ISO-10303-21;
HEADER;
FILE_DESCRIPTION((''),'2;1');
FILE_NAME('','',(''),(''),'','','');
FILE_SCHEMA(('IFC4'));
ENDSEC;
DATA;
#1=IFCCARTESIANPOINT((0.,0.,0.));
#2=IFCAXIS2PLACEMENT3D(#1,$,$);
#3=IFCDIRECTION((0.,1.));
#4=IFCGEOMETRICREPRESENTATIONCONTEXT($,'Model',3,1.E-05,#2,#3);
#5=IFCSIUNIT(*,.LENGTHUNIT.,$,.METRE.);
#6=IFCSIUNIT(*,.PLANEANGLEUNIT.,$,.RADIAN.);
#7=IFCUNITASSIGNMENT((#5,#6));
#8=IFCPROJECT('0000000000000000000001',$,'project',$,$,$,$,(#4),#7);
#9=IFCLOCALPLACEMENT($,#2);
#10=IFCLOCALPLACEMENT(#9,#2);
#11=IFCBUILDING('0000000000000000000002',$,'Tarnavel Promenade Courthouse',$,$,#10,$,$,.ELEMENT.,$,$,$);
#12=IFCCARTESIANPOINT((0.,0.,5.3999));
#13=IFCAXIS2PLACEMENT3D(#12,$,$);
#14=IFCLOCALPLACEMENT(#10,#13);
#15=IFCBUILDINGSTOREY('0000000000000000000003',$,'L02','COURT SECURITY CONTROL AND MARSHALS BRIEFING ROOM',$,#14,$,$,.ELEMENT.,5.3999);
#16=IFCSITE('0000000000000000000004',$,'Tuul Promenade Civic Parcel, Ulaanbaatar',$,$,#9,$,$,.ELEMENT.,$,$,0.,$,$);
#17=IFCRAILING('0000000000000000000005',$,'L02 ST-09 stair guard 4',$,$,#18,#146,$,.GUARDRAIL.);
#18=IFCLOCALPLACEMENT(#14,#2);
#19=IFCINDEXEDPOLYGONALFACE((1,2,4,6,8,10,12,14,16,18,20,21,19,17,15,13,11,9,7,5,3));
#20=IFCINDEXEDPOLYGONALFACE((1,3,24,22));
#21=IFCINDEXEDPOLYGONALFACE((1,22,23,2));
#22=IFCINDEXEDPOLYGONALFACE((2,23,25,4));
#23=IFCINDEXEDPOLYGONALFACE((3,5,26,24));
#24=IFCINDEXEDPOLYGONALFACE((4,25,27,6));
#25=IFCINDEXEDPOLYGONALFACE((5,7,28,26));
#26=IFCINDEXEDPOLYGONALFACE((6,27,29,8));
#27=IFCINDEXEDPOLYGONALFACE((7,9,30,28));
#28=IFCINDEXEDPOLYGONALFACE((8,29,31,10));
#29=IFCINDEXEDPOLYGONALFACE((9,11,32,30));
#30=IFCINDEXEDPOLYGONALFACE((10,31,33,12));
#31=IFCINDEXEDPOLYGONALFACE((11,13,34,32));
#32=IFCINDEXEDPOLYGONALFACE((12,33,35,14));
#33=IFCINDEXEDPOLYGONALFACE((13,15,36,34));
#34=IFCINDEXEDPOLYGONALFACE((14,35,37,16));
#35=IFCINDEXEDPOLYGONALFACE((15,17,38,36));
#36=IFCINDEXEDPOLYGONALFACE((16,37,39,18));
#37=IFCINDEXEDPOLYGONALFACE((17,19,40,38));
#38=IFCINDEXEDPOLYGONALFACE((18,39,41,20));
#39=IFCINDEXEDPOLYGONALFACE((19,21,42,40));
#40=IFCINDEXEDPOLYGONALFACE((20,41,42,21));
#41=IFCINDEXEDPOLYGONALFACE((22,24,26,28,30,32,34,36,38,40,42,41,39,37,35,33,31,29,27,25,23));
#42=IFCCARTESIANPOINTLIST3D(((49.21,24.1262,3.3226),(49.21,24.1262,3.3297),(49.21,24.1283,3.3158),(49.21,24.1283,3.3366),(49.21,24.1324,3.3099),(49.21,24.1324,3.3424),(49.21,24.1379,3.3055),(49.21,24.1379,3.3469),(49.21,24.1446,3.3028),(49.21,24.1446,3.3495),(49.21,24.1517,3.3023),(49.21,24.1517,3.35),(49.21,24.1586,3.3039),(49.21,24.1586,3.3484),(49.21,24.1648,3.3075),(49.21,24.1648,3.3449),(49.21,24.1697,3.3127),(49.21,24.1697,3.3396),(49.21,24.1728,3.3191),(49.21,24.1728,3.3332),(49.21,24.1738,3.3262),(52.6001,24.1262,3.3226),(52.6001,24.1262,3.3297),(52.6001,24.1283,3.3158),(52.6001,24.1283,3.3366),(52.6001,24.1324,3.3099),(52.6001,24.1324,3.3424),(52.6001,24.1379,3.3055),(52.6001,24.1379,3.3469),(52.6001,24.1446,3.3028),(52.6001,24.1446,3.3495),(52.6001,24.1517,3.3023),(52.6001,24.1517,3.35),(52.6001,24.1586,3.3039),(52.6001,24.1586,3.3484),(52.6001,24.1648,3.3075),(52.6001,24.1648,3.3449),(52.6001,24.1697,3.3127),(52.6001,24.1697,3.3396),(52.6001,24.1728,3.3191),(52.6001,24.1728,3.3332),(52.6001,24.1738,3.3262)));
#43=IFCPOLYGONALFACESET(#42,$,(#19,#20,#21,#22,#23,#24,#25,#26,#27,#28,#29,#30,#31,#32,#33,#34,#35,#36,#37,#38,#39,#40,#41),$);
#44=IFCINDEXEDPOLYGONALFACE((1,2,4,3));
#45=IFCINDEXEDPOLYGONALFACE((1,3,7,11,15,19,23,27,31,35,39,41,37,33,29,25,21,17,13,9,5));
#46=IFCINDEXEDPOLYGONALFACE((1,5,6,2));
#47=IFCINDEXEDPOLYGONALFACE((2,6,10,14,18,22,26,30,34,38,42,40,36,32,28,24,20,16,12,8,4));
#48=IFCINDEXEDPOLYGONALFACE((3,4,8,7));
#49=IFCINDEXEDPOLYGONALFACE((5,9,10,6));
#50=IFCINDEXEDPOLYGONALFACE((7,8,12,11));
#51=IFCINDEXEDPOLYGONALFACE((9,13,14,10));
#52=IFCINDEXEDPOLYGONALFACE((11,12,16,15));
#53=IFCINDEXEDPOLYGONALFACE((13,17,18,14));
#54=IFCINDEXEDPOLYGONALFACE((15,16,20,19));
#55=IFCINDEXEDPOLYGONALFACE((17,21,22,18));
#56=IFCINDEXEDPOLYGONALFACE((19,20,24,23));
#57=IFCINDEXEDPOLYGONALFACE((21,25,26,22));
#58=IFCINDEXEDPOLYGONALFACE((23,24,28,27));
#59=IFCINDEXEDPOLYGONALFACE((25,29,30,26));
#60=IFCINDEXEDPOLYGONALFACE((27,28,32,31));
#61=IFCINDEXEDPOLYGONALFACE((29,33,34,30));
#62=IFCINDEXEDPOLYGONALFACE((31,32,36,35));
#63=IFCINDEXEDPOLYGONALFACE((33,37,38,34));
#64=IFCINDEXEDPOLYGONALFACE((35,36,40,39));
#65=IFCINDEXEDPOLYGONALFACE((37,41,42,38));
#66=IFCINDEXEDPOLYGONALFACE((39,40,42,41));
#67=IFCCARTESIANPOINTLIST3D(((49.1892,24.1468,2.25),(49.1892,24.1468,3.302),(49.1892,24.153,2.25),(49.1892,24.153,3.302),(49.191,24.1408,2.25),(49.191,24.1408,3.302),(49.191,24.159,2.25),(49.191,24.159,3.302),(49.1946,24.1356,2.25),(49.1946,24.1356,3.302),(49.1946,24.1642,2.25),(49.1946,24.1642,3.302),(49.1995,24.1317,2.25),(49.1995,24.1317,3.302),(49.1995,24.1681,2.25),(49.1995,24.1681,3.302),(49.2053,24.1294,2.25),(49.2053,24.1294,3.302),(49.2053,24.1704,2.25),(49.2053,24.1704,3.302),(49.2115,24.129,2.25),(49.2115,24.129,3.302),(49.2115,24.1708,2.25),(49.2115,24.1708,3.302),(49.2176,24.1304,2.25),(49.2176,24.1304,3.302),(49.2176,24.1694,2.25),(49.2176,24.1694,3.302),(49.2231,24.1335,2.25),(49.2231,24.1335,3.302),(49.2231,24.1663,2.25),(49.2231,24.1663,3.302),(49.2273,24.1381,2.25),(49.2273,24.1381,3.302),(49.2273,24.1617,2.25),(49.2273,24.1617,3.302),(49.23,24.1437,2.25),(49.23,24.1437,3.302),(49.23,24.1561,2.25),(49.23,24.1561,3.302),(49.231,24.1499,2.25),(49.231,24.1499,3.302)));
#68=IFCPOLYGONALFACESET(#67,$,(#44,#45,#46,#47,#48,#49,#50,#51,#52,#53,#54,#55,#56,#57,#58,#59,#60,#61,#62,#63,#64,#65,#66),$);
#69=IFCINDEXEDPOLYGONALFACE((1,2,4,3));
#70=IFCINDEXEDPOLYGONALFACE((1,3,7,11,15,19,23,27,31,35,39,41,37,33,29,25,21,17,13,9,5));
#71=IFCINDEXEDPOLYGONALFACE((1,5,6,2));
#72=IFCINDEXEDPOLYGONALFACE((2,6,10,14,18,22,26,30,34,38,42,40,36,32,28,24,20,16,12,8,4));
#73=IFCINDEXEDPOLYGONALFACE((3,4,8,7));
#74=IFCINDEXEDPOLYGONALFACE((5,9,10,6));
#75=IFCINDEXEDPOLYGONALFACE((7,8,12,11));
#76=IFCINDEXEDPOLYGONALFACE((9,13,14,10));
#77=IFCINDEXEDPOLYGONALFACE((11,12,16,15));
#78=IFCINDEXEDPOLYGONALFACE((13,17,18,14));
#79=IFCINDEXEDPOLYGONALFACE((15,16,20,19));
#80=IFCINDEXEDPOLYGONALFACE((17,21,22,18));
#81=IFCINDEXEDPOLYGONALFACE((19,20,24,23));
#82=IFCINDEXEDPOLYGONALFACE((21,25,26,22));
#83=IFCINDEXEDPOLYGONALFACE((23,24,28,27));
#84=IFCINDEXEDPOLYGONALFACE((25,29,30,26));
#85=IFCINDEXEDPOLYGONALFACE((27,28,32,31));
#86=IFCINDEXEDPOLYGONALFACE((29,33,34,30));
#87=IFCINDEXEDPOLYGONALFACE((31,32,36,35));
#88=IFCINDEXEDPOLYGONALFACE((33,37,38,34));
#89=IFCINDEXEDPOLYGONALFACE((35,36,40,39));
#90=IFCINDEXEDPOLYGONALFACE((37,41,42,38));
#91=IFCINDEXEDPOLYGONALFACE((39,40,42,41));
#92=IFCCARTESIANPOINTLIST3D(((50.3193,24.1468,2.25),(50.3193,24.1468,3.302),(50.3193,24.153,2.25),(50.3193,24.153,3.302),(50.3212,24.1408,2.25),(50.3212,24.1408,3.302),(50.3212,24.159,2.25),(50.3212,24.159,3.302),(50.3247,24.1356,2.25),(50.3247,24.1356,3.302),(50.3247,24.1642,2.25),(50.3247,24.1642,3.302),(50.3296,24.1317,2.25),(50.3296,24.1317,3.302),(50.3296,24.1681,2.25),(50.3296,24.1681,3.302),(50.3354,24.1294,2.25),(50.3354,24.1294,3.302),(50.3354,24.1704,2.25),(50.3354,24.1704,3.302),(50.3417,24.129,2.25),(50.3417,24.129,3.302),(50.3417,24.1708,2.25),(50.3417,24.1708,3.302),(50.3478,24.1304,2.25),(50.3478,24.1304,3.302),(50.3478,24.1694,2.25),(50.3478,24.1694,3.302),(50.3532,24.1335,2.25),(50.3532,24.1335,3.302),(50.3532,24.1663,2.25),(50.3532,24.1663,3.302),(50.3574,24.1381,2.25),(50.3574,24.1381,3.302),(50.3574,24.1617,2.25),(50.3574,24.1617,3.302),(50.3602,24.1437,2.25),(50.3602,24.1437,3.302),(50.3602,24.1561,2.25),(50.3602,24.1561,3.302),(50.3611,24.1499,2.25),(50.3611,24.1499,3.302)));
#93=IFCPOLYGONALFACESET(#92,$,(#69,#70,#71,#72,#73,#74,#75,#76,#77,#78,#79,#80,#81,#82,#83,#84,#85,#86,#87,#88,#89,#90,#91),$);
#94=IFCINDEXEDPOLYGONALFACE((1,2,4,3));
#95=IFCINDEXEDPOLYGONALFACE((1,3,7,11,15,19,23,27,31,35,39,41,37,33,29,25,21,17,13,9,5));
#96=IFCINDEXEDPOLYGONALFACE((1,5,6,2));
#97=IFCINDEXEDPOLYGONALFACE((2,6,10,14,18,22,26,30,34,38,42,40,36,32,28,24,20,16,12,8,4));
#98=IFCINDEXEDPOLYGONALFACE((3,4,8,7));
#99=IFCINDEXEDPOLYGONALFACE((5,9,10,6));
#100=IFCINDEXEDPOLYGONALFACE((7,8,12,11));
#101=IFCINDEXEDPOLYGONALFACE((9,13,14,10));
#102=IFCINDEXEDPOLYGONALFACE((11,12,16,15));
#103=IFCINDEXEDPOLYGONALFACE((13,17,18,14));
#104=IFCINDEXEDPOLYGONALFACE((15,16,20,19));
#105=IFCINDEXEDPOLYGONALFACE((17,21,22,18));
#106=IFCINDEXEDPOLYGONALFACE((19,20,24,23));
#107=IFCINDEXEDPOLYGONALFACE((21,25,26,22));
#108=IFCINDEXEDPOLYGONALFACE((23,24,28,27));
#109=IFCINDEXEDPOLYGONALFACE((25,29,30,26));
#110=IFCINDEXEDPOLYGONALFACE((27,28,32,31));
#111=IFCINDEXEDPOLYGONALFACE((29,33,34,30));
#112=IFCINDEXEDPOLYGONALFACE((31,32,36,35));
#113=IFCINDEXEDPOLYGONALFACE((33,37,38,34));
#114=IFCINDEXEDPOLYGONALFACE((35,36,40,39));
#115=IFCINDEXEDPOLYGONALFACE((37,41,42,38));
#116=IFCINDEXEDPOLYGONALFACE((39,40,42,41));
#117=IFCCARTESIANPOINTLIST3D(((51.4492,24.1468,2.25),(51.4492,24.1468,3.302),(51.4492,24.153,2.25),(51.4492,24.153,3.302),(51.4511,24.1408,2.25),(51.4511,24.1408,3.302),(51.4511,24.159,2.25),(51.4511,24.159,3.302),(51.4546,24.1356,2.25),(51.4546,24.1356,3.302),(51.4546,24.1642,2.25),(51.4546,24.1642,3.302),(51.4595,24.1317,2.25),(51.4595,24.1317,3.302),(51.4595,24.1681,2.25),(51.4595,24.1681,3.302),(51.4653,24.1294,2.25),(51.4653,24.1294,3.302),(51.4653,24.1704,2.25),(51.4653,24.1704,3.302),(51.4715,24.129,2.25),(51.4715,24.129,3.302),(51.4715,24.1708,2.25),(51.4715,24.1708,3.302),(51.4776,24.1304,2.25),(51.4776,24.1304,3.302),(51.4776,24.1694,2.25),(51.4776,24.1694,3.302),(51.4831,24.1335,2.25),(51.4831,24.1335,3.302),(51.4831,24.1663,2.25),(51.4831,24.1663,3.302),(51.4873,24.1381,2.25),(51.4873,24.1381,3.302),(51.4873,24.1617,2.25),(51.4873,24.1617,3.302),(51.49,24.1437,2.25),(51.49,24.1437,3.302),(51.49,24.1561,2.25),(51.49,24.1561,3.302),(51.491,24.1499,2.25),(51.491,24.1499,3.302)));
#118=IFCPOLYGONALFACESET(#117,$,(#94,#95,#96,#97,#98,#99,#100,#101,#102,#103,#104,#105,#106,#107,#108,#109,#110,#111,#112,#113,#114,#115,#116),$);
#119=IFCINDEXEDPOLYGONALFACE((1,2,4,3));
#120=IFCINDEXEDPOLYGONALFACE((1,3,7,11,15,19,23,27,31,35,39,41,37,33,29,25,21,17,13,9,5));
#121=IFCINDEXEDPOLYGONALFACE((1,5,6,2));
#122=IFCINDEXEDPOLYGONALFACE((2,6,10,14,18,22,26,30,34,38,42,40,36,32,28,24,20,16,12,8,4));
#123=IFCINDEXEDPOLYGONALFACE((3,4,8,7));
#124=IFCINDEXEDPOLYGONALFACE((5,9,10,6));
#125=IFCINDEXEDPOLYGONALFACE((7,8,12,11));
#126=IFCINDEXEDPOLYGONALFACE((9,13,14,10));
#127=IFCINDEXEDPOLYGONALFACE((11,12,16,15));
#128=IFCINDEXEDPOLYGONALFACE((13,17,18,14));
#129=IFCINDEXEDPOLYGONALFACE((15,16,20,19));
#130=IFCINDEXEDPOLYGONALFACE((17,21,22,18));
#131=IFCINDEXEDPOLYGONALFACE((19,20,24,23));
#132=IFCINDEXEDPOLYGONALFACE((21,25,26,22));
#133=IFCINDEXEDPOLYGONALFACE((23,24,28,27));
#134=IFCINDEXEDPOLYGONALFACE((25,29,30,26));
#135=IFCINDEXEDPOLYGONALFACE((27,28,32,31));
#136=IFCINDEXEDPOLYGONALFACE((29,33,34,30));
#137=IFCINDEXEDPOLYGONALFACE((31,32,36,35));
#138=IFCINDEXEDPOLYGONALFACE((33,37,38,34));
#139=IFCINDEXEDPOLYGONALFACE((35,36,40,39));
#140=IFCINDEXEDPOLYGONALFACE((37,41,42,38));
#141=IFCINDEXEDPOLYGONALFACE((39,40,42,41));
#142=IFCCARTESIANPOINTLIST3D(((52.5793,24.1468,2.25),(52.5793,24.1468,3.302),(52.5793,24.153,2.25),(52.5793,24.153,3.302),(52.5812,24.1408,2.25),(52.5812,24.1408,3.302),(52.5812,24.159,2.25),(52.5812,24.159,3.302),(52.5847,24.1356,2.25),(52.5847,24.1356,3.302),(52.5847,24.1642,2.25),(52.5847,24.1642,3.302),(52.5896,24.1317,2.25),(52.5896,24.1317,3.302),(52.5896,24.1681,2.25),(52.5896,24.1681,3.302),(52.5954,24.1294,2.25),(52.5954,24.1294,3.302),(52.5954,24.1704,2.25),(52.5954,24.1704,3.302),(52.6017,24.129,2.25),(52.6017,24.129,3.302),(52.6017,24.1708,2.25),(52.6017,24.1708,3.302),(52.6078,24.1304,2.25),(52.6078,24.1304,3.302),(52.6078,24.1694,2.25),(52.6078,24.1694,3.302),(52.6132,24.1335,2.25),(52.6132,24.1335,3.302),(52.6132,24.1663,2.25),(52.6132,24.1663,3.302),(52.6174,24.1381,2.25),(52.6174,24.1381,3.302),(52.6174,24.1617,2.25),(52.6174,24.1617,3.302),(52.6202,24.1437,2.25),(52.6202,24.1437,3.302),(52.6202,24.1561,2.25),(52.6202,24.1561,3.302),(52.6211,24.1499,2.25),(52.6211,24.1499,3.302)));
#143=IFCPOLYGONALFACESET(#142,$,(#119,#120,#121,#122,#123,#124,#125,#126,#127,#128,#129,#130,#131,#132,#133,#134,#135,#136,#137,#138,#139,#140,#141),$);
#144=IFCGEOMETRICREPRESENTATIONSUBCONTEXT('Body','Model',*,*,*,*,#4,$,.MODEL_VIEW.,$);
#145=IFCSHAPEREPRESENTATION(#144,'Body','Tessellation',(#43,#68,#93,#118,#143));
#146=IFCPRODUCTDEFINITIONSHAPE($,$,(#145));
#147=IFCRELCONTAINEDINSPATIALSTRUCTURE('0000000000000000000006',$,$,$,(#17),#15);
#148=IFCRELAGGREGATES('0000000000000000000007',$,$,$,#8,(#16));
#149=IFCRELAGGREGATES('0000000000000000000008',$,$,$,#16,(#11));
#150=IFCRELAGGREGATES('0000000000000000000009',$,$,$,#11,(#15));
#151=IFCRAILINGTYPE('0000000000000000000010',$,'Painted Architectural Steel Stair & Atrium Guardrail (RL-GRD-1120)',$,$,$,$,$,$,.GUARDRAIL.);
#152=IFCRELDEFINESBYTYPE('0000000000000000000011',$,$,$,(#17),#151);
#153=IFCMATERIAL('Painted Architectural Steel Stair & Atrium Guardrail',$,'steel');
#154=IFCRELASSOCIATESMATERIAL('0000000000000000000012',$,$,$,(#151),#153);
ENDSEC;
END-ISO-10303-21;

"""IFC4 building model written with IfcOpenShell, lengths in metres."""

from ifc_helpers import new_model, si_unit, direction, frame, origin, origin_2d, place, context, subcontext, project, spatial, circle, extrude, material, type_object, element, save


model = new_model("IFC4")

# Units and contexts
model_context = context("Model", 3, precision=1e-05, world=origin(), true_north=direction((0.0, 1.0)))
body_context = subcontext(model_context, "Body", "Model", "MODEL_VIEW")
ifc_project = project(units=[si_unit("LENGTHUNIT", "METRE"), si_unit("PLANEANGLEUNIT", "RADIAN")], contexts=[model_context])

# Site, building, storey
site_placement = place(None, origin())
site = spatial("IfcSite", under=ifc_project, at=site_placement, Name="Tuul Promenade Civic Parcel, Ulaanbaatar", CompositionType="ELEMENT", RefElevation=0.0)
building_placement = place(site_placement, origin())
building = spatial("IfcBuilding", under=site, at=building_placement, Name="Tarnavel Promenade Courthouse", CompositionType="ELEMENT")
storey_placement = place(building_placement, frame((0.0, 0.0, 5.3999)))
storey = spatial("IfcBuildingStorey", under=building, at=storey_placement, Name="L02", Description="COURT SECURITY CONTROL AND MARSHALS BRIEFING ROOM", CompositionType="ELEMENT", Elevation=5.3999)

# Railing
ifc_material_1 = material(Name="Painted Architectural Steel Stair & Atrium Guardrail", Category="steel")
railing_type_1 = type_object("IfcRailingType", Name="Painted Architectural Steel Stair & Atrium Guardrail (RL-GRD-1120)", PredefinedType="GUARDRAIL", material=ifc_material_1)
railing_1_placement = place(storey_placement, frame((49.21, 24.1499, 2.25)))
element("IfcRailing", 1, at=railing_1_placement, inside=storey, type_object=railing_type_1, Name="L02 ST-09 stair guard 4", PredefinedType="GUARDRAIL", context=body_context, shape_type="SweptSolid", body=[
    extrude(circle(Radius=0.0239, at=origin_2d()), frame((0.0, 0.0, 1.0762), z_axis=(1.0, 0.0, 0.0), x_axis=(0.0, 1.0, 0.0)), (0.0, 0.0, 1.0), 3.3901),
    extrude(circle(Radius=0.021, at=origin_2d()), origin(), (0.0, 0.0, 1.0), 1.052),
    extrude(circle(Radius=0.021, at=origin_2d()), frame((1.1301, 0.0, 0.0)), (0.0, 0.0, 1.0), 1.052),
    extrude(circle(Radius=0.021, at=origin_2d()), frame((2.26, 0.0, 0.0)), (0.0, 0.0, 1.0), 1.052),
    extrude(circle(Radius=0.021, at=origin_2d()), frame((3.3901, 0.0, 0.0)), (0.0, 0.0, 1.0), 1.052),
])

save(model, "model.ifc")
